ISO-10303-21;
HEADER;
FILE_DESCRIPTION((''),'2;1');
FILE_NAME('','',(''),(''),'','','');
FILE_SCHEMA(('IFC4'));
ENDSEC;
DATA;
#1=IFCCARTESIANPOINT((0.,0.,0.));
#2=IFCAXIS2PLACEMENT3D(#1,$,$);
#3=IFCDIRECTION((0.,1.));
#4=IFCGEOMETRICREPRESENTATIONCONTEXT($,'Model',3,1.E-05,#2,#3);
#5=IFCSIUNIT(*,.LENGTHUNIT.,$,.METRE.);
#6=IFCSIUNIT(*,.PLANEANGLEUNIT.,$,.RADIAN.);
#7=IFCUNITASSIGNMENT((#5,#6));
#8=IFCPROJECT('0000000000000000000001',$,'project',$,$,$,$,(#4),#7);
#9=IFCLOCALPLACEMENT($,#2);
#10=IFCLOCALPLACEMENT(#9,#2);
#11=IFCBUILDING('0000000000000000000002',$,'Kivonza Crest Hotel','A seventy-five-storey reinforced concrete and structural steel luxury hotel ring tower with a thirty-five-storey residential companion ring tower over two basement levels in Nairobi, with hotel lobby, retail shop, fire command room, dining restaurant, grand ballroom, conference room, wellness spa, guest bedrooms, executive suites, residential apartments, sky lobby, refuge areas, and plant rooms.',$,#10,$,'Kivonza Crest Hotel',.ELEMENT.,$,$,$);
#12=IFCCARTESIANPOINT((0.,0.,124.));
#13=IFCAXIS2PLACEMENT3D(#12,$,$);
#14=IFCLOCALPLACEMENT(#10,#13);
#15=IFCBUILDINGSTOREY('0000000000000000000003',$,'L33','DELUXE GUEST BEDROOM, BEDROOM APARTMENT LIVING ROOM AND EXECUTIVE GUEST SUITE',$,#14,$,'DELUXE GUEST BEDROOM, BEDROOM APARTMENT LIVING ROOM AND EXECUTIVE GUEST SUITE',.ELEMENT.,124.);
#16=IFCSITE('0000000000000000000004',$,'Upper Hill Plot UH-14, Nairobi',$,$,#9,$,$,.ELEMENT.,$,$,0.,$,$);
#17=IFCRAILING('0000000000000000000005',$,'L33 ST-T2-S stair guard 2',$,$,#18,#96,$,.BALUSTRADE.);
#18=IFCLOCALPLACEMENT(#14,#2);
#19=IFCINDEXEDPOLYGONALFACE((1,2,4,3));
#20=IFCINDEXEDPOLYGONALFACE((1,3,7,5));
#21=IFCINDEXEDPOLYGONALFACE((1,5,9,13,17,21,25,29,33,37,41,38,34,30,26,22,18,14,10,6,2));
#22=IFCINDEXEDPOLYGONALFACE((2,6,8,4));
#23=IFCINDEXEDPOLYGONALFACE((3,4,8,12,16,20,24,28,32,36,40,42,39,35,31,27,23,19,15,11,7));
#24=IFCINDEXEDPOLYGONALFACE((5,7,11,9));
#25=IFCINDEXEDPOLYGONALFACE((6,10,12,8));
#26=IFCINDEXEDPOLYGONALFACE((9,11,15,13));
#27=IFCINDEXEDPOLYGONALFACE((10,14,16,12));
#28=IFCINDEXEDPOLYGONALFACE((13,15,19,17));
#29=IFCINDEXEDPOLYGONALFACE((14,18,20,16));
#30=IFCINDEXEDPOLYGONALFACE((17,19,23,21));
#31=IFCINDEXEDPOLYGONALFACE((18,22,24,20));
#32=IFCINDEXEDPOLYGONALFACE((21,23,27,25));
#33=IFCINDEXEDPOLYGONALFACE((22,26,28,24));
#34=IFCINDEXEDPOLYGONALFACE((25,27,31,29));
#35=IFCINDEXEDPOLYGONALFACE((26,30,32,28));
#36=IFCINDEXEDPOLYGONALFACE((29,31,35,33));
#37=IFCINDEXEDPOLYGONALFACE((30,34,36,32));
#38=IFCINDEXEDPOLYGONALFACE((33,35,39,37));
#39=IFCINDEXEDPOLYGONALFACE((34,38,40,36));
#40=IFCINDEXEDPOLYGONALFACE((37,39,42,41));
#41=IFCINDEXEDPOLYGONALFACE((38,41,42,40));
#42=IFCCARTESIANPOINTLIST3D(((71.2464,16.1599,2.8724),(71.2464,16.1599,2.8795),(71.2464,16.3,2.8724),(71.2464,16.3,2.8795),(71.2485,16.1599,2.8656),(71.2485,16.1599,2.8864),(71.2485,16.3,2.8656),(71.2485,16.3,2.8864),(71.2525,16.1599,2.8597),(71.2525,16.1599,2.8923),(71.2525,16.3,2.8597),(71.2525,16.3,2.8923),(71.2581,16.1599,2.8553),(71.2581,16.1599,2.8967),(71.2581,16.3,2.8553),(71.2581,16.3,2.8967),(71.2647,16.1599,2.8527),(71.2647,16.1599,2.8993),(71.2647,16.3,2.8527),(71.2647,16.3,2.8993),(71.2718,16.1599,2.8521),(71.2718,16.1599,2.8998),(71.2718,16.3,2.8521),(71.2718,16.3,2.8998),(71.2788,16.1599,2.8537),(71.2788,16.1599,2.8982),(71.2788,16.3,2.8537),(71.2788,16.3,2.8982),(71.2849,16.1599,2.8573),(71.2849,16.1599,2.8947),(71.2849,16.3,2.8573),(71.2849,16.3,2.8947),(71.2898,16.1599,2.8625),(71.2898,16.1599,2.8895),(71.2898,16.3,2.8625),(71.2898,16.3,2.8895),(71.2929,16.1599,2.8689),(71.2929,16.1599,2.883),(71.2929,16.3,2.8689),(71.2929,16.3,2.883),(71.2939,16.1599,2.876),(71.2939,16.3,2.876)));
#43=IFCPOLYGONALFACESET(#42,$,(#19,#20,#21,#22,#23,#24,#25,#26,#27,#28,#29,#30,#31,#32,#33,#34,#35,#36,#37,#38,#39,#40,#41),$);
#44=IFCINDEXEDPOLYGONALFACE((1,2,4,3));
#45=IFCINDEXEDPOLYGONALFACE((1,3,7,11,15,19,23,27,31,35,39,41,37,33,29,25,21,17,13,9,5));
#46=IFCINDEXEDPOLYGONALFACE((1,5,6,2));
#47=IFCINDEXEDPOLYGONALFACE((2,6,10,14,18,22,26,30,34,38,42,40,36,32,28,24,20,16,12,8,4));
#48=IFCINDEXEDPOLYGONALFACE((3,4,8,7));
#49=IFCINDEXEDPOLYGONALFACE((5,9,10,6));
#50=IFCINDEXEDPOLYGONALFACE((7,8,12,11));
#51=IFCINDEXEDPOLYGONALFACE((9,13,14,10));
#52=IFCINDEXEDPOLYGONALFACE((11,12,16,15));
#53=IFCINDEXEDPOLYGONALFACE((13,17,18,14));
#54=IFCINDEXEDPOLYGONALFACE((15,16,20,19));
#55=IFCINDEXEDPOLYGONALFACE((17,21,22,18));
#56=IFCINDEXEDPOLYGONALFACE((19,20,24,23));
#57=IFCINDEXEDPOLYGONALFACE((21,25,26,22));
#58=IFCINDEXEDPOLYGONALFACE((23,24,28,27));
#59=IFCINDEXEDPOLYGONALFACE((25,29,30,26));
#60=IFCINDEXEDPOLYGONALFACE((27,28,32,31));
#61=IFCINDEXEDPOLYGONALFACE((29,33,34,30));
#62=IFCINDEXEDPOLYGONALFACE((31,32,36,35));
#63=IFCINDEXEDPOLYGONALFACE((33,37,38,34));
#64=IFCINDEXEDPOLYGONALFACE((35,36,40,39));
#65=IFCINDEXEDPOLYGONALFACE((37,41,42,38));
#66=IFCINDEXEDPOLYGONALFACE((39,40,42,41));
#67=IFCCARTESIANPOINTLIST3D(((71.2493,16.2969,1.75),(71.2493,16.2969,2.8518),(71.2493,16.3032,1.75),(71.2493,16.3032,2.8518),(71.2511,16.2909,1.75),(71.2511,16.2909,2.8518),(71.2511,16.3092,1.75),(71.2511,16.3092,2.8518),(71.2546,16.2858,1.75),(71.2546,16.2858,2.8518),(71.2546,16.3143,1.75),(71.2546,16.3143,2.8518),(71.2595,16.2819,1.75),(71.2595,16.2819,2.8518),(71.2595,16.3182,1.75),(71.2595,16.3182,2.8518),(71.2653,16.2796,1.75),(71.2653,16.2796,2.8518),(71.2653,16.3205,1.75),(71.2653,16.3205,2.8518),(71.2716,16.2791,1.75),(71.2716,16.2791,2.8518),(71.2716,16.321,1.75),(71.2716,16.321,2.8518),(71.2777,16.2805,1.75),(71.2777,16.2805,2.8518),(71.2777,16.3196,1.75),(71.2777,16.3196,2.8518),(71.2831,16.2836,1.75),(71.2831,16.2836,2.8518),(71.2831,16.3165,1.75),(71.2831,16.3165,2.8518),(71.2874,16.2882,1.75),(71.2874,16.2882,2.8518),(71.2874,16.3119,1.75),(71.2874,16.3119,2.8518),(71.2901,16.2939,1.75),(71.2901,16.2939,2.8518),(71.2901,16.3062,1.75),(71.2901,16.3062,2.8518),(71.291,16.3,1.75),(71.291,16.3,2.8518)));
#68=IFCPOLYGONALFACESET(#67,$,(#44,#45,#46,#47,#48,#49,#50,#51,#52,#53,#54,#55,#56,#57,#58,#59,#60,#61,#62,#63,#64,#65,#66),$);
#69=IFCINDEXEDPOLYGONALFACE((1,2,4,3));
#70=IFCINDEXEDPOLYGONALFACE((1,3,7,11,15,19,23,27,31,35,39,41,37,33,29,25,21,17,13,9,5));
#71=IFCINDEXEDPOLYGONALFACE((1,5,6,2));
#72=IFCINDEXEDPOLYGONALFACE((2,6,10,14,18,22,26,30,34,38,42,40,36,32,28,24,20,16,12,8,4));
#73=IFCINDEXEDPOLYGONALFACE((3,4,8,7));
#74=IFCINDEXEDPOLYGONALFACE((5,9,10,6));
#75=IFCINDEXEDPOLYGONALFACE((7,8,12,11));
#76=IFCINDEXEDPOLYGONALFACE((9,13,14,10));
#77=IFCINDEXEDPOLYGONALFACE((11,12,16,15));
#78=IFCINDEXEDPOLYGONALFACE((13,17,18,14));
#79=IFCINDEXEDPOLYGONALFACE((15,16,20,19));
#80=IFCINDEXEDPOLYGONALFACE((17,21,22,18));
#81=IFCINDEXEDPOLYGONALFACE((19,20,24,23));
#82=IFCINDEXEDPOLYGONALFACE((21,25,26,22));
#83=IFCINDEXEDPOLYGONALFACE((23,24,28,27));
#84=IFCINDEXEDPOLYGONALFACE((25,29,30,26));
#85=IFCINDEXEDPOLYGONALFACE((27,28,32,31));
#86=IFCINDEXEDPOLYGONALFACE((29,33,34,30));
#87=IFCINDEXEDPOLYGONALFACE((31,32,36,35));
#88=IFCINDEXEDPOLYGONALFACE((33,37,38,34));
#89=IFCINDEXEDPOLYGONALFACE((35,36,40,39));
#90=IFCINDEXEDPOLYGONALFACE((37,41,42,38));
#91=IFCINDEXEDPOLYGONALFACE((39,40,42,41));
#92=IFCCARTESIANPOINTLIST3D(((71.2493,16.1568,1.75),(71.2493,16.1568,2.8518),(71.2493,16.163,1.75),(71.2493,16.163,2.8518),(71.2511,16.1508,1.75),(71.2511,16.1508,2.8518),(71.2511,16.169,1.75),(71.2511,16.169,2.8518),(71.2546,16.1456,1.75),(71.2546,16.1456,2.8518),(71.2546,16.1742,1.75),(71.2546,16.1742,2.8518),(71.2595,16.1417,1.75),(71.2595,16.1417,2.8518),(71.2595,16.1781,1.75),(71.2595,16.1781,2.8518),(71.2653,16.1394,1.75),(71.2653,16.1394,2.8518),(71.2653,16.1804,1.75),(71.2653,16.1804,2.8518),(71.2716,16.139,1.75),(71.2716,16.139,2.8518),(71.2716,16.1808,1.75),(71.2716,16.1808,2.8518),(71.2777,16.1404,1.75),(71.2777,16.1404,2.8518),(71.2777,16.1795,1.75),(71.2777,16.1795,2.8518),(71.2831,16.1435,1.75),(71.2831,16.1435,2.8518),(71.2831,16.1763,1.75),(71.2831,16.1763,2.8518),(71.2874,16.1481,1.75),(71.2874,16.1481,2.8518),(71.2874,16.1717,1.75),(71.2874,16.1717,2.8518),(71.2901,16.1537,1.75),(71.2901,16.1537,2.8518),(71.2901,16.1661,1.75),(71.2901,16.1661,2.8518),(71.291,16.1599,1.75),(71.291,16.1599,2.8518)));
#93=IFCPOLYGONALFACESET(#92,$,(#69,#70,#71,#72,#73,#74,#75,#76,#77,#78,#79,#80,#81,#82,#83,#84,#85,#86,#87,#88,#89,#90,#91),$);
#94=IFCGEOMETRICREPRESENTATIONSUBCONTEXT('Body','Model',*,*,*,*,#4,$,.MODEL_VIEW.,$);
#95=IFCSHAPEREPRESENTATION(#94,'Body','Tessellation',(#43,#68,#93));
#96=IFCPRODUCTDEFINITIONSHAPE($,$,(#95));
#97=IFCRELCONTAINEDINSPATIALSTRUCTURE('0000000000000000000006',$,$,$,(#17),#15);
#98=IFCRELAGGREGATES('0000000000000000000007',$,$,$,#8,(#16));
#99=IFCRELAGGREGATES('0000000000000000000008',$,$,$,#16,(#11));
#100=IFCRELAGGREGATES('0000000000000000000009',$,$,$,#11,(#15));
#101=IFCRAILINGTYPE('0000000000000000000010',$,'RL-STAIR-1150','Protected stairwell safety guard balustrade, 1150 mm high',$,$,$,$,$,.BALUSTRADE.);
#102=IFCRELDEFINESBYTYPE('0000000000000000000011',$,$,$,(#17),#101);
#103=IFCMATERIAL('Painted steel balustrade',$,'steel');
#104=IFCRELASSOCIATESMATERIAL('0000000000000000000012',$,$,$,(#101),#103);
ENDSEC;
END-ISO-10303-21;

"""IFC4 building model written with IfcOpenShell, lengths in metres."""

from ifc_helpers import new_model, si_unit, direction, frame, origin, origin_2d, place, context, subcontext, project, spatial, circle, extrude, material, type_object, element, save


model = new_model("IFC4")

# Units and contexts
model_context = context("Model", 3, precision=1e-05, world=origin(), true_north=direction((0.0, 1.0)))
body_context = subcontext(model_context, "Body", "Model", "MODEL_VIEW")
ifc_project = project(units=[si_unit("LENGTHUNIT", "METRE"), si_unit("PLANEANGLEUNIT", "RADIAN")], contexts=[model_context])

# Site, building, storey
site_placement = place(None, origin())
site = spatial("IfcSite", under=ifc_project, at=site_placement, Name="Upper Hill Plot UH-14, Nairobi", CompositionType="ELEMENT", RefElevation=0.0)
building_placement = place(site_placement, origin())
building = spatial("IfcBuilding", under=site, at=building_placement, Name="Kivonza Crest Hotel", Description="A seventy-five-storey reinforced concrete and structural steel luxury hotel ring tower with a thirty-five-storey residential companion ring tower over two basement levels in Nairobi, with hotel lobby, retail shop, fire command room, dining restaurant, grand ballroom, conference room, wellness spa, guest bedrooms, executive suites, residential apartments, sky lobby, refuge areas, and plant rooms.", LongName="Kivonza Crest Hotel", CompositionType="ELEMENT")
storey_placement = place(building_placement, frame((0.0, 0.0, 124.0)))
storey = spatial("IfcBuildingStorey", under=building, at=storey_placement, Name="L33", Description="DELUXE GUEST BEDROOM, BEDROOM APARTMENT LIVING ROOM AND EXECUTIVE GUEST SUITE", LongName="DELUXE GUEST BEDROOM, BEDROOM APARTMENT LIVING ROOM AND EXECUTIVE GUEST SUITE", CompositionType="ELEMENT", Elevation=124.0)

# Railing
ifc_material_1 = material(Name="Painted steel balustrade", Category="steel")
railing_type_1 = type_object("IfcRailingType", Name="RL-STAIR-1150", Description="Protected stairwell safety guard balustrade, 1150 mm high", PredefinedType="BALUSTRADE", material=ifc_material_1)
railing_1_placement = place(storey_placement, frame((71.27, 16.3, 1.75)))
element("IfcRailing", 1, at=railing_1_placement, inside=storey, type_object=railing_type_1, Name="L33 ST-T2-S stair guard 2", PredefinedType="BALUSTRADE", context=body_context, shape_type="SweptSolid", body=[
    extrude(circle(Radius=0.0239, at=origin_2d()), frame((0.0, 0.0, 1.126), z_axis=(0.0, -1.0, 0.0), x_axis=(1.0, 0.0, 0.0)), (0.0, 0.0, 1.0), 0.1401),
    extrude(circle(Radius=0.021, at=origin_2d()), origin(), (0.0, 0.0, 1.0), 1.1018),
    extrude(circle(Radius=0.021, at=origin_2d()), frame((0.0, -0.1401, 0.0)), (0.0, 0.0, 1.0), 1.1018),
])

save(model, "model.ifc")
